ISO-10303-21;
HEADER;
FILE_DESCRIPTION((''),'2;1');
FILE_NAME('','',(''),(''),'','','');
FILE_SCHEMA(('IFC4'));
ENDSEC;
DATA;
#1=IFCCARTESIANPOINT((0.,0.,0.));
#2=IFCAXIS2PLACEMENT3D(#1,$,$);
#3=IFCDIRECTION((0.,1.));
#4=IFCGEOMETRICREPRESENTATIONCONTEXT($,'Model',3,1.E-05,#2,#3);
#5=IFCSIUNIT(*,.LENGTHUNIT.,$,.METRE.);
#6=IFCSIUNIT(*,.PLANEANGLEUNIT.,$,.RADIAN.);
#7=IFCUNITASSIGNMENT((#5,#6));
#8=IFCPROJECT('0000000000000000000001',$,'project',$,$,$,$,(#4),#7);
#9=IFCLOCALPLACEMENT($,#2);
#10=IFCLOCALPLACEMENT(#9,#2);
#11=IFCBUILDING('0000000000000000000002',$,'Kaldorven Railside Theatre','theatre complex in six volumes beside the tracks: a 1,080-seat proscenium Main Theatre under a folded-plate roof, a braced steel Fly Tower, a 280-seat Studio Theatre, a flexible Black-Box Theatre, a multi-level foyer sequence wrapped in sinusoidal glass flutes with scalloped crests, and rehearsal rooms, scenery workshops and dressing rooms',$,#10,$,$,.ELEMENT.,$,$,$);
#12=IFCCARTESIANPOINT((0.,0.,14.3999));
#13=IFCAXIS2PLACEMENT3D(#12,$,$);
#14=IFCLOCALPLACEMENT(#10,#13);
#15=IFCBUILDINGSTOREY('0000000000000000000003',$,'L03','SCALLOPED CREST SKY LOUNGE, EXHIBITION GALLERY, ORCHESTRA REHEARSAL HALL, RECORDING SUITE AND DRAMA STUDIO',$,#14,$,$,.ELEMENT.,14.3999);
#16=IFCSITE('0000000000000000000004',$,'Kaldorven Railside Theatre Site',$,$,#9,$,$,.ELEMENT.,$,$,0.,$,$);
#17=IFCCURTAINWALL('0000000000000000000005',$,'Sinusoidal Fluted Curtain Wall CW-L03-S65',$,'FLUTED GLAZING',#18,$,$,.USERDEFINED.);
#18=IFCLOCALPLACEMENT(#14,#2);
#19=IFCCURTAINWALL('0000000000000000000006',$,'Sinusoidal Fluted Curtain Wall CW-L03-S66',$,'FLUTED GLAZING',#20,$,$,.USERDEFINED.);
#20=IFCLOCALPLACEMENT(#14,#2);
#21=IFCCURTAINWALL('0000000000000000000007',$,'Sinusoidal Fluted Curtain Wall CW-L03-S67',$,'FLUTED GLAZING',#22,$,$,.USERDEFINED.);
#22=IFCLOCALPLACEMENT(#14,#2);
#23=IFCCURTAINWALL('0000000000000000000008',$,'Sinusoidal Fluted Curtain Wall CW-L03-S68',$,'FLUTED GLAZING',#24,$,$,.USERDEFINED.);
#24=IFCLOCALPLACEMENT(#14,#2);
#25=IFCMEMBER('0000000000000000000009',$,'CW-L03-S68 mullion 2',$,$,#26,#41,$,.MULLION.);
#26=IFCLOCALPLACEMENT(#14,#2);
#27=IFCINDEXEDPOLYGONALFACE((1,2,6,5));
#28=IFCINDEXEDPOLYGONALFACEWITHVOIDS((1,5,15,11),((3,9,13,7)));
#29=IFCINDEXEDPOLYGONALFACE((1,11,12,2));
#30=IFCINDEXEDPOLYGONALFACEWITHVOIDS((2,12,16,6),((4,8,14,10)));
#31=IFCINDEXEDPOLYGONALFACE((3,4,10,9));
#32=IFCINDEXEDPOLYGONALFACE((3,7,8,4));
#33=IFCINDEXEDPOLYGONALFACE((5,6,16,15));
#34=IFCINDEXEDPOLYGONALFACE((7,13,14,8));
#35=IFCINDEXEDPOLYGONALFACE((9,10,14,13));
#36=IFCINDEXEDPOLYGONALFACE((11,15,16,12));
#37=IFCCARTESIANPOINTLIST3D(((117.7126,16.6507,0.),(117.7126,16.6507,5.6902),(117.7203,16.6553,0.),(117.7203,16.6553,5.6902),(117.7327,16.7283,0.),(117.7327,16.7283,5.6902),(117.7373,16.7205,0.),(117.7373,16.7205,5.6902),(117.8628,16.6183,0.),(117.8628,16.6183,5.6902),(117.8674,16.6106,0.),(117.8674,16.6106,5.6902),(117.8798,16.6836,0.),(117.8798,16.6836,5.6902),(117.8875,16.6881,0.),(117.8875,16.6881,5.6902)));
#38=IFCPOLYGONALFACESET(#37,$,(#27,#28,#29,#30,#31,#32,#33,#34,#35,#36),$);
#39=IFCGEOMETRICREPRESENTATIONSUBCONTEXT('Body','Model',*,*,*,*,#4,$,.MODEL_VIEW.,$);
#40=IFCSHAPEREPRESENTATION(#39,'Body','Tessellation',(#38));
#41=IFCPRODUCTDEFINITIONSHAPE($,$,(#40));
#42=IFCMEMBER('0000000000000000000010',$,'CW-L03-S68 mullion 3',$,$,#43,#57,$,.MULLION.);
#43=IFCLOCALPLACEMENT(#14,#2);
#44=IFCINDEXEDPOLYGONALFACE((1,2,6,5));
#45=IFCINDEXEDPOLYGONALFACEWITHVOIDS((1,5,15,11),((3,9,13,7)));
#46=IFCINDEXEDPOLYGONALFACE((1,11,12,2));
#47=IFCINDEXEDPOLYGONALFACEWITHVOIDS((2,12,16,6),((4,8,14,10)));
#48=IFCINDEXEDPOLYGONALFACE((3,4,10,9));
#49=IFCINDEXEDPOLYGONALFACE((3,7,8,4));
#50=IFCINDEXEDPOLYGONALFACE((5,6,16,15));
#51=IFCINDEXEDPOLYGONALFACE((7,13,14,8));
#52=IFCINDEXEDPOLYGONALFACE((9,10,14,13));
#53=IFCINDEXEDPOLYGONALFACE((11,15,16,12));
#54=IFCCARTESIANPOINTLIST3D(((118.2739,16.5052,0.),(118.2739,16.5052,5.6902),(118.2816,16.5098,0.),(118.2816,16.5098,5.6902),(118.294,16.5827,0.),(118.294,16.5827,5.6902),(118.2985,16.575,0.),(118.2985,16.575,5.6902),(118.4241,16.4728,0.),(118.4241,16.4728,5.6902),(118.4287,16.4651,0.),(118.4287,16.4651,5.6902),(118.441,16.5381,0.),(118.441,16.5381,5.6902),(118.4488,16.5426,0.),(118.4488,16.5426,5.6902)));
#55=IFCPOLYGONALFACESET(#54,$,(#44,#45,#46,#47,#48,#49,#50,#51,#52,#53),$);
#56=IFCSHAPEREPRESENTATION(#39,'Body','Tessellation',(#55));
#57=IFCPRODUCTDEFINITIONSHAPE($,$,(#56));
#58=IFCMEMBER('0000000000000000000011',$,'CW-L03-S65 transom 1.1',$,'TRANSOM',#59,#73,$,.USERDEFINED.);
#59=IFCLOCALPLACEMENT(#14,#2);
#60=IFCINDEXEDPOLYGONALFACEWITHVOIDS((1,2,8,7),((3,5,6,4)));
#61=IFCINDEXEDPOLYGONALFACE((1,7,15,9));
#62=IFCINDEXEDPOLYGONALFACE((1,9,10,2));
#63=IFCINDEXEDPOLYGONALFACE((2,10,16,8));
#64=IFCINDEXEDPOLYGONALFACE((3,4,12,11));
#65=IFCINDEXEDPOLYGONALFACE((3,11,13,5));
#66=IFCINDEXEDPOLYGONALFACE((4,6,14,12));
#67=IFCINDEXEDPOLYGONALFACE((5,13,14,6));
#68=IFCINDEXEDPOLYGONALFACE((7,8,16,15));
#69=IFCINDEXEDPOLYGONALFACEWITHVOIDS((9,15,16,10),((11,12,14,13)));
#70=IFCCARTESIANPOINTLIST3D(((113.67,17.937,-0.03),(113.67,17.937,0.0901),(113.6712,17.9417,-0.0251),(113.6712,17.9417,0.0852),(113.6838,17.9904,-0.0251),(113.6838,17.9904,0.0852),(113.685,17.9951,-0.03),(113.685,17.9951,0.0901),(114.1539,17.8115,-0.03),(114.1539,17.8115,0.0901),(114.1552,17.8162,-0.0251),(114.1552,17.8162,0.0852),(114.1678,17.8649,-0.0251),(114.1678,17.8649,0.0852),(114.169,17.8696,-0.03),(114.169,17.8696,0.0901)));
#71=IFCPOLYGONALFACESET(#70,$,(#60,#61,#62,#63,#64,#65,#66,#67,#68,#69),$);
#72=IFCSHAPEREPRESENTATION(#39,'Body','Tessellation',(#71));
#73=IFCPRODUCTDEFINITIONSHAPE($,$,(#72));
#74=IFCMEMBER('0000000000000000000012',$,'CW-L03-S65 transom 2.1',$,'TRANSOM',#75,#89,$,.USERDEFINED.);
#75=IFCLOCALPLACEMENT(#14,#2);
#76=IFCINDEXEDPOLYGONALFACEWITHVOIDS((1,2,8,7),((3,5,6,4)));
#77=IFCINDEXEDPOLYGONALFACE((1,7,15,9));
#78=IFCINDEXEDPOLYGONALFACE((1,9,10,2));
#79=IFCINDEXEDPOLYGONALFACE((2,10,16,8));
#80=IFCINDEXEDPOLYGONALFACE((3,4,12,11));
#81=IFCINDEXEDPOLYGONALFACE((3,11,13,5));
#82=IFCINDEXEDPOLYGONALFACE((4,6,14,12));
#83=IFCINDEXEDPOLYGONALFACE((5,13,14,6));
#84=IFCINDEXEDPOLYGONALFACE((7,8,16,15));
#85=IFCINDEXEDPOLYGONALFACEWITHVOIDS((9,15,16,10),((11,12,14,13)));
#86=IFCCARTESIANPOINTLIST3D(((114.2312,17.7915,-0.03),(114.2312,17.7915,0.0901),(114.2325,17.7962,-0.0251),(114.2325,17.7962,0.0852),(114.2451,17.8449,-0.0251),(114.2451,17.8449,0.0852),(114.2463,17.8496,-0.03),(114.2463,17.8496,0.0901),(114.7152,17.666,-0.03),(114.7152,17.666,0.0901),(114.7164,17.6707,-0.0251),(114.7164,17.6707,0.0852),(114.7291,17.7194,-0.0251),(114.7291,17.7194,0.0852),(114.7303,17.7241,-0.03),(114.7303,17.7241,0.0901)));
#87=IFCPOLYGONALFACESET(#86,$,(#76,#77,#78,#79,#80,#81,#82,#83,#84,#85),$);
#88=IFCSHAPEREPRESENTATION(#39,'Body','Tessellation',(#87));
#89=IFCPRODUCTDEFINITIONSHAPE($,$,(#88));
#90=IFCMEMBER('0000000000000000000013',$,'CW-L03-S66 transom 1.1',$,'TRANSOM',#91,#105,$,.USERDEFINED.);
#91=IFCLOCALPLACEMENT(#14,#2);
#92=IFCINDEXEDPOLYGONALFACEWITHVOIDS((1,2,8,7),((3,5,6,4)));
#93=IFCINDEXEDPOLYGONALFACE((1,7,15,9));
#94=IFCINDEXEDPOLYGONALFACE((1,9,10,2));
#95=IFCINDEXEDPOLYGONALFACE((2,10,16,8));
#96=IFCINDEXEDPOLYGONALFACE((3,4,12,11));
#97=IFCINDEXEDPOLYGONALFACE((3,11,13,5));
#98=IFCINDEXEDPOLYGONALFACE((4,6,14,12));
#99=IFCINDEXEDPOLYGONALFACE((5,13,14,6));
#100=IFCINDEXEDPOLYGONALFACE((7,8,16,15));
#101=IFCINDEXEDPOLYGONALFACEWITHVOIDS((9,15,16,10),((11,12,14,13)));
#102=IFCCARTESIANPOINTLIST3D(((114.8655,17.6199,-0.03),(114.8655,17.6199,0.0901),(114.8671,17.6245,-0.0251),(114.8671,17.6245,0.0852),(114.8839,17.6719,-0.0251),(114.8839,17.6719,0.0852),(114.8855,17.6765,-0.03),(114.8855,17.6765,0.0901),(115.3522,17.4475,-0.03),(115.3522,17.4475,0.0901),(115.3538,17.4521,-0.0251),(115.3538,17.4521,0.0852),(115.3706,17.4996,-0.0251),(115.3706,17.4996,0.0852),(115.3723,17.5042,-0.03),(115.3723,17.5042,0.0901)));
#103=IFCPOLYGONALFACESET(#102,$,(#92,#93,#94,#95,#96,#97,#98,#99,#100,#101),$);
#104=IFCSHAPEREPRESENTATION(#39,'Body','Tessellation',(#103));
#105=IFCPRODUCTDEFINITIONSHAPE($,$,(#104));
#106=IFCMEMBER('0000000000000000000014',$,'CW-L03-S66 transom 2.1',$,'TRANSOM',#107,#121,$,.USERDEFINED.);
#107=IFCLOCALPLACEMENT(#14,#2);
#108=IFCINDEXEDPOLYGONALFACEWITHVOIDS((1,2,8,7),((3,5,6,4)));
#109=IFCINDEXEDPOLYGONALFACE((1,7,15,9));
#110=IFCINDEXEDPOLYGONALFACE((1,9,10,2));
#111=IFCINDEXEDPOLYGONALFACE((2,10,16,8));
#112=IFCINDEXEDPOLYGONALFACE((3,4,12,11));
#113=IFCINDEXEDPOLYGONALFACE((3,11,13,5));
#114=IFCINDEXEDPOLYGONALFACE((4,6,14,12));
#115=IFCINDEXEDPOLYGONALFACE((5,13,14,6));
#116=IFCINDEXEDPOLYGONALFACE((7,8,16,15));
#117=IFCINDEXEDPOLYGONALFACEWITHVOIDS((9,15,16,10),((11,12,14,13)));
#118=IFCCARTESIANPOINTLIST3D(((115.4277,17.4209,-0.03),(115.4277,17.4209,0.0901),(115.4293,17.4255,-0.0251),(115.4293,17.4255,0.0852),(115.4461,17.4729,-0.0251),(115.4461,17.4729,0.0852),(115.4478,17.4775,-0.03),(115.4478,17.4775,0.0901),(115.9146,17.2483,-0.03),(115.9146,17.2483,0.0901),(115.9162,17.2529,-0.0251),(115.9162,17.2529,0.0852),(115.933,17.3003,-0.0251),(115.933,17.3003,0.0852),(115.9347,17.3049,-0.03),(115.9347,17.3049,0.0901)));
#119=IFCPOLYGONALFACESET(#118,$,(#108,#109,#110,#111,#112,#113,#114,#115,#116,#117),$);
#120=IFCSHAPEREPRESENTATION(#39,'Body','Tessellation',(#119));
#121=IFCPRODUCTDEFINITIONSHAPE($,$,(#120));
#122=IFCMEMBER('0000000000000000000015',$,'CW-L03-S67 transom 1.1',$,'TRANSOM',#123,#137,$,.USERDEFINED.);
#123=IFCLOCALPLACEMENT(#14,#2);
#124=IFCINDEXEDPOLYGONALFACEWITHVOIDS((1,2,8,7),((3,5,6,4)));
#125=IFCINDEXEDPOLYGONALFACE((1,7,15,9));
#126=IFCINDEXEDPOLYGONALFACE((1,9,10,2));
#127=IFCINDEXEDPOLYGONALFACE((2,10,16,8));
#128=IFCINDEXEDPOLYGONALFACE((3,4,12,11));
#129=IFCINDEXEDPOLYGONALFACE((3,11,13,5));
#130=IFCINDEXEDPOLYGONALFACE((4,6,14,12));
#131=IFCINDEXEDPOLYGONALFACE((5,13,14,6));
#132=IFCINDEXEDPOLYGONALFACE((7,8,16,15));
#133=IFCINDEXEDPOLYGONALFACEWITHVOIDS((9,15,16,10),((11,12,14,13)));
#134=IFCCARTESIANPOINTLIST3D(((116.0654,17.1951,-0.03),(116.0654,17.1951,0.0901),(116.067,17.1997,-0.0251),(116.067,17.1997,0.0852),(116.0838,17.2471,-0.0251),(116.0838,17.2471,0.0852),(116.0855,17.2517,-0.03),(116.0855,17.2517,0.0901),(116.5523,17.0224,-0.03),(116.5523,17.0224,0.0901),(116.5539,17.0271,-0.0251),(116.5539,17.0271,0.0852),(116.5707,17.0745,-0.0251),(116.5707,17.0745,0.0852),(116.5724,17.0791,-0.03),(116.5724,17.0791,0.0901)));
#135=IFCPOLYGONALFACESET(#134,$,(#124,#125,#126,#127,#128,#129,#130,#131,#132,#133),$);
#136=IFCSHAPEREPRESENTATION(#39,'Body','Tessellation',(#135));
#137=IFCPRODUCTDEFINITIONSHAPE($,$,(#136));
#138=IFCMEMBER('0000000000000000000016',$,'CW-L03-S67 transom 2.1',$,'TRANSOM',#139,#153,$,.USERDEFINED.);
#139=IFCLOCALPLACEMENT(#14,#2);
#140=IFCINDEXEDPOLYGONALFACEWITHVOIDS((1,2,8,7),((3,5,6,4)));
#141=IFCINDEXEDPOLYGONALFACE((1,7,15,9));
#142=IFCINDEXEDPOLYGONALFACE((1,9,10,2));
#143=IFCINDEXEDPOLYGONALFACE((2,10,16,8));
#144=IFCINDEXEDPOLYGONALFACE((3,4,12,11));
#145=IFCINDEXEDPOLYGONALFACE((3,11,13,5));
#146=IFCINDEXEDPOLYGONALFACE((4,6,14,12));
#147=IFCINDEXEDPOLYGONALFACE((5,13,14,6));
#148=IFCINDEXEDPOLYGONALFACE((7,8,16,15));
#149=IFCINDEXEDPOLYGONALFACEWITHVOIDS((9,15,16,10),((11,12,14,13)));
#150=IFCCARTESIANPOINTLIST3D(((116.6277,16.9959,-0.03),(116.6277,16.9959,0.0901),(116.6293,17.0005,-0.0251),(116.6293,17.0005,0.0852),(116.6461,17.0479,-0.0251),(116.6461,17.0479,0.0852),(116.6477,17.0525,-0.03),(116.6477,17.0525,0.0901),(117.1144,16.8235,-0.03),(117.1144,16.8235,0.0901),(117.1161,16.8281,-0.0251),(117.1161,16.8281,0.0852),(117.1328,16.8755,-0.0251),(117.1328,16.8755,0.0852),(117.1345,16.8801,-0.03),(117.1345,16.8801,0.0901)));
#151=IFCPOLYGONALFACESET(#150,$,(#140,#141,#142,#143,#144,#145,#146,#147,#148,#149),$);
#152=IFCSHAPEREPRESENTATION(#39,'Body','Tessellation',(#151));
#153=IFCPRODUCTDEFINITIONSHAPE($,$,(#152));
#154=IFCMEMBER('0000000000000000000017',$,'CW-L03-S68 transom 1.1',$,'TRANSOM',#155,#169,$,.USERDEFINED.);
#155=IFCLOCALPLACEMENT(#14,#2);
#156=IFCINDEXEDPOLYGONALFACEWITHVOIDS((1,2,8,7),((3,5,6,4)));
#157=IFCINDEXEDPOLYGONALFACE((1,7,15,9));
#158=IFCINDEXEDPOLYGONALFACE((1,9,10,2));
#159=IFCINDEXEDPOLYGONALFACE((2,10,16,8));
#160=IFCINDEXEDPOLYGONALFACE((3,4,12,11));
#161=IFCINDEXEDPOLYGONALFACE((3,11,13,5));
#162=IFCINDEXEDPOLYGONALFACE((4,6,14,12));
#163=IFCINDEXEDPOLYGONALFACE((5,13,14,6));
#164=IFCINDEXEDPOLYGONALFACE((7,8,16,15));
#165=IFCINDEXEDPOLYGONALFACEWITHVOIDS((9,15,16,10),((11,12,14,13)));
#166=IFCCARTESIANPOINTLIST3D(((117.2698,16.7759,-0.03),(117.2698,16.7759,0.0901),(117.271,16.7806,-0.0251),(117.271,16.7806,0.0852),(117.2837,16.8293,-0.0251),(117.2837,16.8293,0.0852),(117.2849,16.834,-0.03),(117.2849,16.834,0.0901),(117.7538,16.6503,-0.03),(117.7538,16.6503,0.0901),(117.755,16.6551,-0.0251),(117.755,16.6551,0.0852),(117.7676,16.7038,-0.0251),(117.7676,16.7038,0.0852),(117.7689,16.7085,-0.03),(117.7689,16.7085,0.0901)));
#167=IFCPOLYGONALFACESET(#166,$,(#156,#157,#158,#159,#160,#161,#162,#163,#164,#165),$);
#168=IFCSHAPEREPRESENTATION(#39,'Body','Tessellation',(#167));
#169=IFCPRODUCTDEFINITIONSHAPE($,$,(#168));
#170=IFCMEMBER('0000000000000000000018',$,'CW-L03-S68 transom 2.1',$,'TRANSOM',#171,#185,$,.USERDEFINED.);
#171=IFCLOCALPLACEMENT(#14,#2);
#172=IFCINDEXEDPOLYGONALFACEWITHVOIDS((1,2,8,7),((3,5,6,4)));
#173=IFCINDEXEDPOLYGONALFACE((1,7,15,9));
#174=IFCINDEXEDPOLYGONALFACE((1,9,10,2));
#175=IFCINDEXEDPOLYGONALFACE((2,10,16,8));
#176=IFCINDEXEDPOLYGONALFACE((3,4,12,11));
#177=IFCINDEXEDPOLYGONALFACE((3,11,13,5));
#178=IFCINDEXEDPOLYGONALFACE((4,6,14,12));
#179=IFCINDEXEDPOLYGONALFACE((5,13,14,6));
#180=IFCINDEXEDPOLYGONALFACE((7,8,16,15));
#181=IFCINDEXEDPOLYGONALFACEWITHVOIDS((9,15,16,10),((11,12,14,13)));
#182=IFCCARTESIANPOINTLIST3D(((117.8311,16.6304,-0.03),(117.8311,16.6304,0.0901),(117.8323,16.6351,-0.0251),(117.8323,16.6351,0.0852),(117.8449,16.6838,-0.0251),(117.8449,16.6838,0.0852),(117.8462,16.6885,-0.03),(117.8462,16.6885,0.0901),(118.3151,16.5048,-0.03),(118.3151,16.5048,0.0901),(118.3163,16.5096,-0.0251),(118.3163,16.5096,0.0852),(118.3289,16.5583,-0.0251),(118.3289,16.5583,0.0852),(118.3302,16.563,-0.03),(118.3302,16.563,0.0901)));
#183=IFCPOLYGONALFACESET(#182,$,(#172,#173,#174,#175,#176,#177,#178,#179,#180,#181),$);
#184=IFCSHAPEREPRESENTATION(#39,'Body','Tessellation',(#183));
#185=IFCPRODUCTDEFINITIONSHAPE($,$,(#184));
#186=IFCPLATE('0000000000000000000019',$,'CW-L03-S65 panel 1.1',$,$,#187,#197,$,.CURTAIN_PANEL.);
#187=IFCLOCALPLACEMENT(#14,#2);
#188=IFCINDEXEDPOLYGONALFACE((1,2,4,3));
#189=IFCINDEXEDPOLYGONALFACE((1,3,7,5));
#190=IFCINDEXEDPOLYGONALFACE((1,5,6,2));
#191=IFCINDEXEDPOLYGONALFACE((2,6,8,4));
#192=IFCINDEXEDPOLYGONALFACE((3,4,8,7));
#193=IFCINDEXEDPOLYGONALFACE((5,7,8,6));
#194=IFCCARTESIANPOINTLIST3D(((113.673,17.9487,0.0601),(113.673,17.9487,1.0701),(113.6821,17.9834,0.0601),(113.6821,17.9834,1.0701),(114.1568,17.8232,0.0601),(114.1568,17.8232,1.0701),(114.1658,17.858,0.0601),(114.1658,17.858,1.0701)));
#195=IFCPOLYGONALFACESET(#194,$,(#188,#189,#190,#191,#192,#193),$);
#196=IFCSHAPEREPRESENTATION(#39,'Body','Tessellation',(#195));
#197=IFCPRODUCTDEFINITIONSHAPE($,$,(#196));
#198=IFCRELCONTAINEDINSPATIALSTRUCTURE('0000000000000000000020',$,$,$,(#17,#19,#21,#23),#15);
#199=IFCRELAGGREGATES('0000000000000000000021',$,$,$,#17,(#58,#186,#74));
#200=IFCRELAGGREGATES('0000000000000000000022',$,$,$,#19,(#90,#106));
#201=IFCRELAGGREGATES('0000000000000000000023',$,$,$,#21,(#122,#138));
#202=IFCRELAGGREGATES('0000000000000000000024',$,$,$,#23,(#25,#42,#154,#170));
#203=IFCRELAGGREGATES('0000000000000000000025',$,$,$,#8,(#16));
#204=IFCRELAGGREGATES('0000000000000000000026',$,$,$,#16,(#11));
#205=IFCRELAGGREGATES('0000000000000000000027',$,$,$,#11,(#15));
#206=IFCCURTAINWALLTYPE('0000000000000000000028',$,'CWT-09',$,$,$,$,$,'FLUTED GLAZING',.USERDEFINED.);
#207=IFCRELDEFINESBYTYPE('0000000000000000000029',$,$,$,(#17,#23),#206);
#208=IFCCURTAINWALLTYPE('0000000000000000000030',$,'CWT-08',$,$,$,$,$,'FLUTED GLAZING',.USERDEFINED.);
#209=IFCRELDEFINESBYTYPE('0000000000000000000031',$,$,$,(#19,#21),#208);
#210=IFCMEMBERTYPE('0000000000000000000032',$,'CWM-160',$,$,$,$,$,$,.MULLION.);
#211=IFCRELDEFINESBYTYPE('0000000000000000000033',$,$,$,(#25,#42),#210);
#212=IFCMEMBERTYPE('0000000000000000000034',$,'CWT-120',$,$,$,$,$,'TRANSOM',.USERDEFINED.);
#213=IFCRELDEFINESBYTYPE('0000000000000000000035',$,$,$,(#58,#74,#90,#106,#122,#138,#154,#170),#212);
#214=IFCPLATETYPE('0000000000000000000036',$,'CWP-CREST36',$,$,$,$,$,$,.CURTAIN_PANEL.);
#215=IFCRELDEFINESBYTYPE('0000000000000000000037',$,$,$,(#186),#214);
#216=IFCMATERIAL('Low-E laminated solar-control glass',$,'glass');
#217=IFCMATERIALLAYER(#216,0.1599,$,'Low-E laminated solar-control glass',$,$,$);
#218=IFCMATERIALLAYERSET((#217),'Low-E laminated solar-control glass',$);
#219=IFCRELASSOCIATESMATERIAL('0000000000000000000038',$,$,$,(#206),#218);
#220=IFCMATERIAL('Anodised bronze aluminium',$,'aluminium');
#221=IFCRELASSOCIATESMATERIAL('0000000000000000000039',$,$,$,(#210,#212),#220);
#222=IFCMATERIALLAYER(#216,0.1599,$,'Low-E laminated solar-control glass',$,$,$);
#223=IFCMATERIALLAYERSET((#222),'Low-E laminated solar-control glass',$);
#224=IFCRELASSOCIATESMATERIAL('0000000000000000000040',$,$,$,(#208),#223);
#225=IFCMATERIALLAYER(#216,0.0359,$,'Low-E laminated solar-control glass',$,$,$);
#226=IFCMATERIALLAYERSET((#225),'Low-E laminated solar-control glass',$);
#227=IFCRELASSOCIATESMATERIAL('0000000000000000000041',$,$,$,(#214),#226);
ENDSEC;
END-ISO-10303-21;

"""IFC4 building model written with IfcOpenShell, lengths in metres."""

from ifc_helpers import new_model, si_unit, direction, frame, origin, origin_2d, place, context, subcontext, project, spatial, rectangle, hollow_rectangle, extrude, material, layer, layer_set, material_profile, profile_set, type_object, element, aggregate, save


model = new_model("IFC4")

# Units and contexts
model_context = context("Model", 3, precision=1e-05, world=origin(), true_north=direction((0.0, 1.0)))
body_context = subcontext(model_context, "Body", "Model", "MODEL_VIEW")
ifc_project = project(units=[si_unit("LENGTHUNIT", "METRE"), si_unit("PLANEANGLEUNIT", "RADIAN")], contexts=[model_context])

# Site, building, storey
site_placement = place(None, origin())
site = spatial("IfcSite", under=ifc_project, at=site_placement, Name="Kaldorven Railside Theatre Site", CompositionType="ELEMENT", RefElevation=0.0)
building_placement = place(site_placement, origin())
building = spatial("IfcBuilding", under=site, at=building_placement, Name="Kaldorven Railside Theatre", Description="theatre complex in six volumes beside the tracks: a 1,080-seat proscenium Main Theatre under a folded-plate roof, a braced steel Fly Tower, a 280-seat Studio Theatre, a flexible Black-Box Theatre, a multi-level foyer sequence wrapped in sinusoidal glass flutes with scalloped crests, and rehearsal rooms, scenery workshops and dressing rooms", CompositionType="ELEMENT")
storey_placement = place(building_placement, frame((0.0, 0.0, 14.3999)))
storey = spatial("IfcBuildingStorey", under=building, at=storey_placement, Name="L03", Description="SCALLOPED CREST SKY LOUNGE, EXHIBITION GALLERY, ORCHESTRA REHEARSAL HALL, RECORDING SUITE AND DRAMA STUDIO", CompositionType="ELEMENT", Elevation=14.3999)

# Curtain walls, members
ifc_material_1 = material(Name="Low-E laminated solar-control glass", Category="glass")
ifc_layer_1 = layer(ifc_material_1, 0.1599, Name="Low-E laminated solar-control glass")
ifc_layer_set_1 = layer_set([ifc_layer_1], Name="Low-E laminated solar-control glass")
curtain_wall_type_1 = type_object("IfcCurtainWallType", Name="CWT-09", ElementType="FLUTED GLAZING", PredefinedType="USERDEFINED", material=ifc_layer_set_1)
curtain_wall_1_placement = place(storey_placement, origin())
curtain_wall_1 = element("IfcCurtainWall", 1, at=curtain_wall_1_placement, inside=storey, type_object=curtain_wall_type_1, Name="Sinusoidal Fluted Curtain Wall CW-L03-S65", ObjectType="FLUTED GLAZING", PredefinedType="USERDEFINED")
ifc_material_2 = material(Name="Anodised bronze aluminium", Category="aluminium")
ifc_material_profile_1 = material_profile(ifc_material_2, hollow_rectangle(XDim=0.0801, YDim=0.1599, WallThickness=0.0063, at=origin_2d()), Name="RHS 160x80x6.3")
ifc_profile_set_1 = profile_set([ifc_material_profile_1], Name="Anodised bronze aluminium")
member_type_1 = type_object("IfcMemberType", Name="CWM-160", PredefinedType="MULLION", material=ifc_profile_set_1)
ifc_layer_2 = layer(ifc_material_1, 0.1599, Name="Low-E laminated solar-control glass")
ifc_layer_set_2 = layer_set([ifc_layer_2], Name="Low-E laminated solar-control glass")
curtain_wall_type_2 = type_object("IfcCurtainWallType", Name="CWT-08", ElementType="FLUTED GLAZING", PredefinedType="USERDEFINED", material=ifc_layer_set_2)
curtain_wall_2_placement = place(storey_placement, origin())
curtain_wall_2 = element("IfcCurtainWall", 2, at=curtain_wall_2_placement, inside=storey, type_object=curtain_wall_type_2, Name="Sinusoidal Fluted Curtain Wall CW-L03-S66", ObjectType="FLUTED GLAZING", PredefinedType="USERDEFINED")
curtain_wall_3_placement = place(storey_placement, origin())
curtain_wall_3 = element("IfcCurtainWall", 3, at=curtain_wall_3_placement, inside=storey, type_object=curtain_wall_type_2, Name="Sinusoidal Fluted Curtain Wall CW-L03-S67", ObjectType="FLUTED GLAZING", PredefinedType="USERDEFINED")
curtain_wall_4_placement = place(storey_placement, origin())
curtain_wall_4 = element("IfcCurtainWall", 4, at=curtain_wall_4_placement, inside=storey, type_object=curtain_wall_type_1, Name="Sinusoidal Fluted Curtain Wall CW-L03-S68", ObjectType="FLUTED GLAZING", PredefinedType="USERDEFINED")
member_1_placement = place(storey_placement, frame((117.8, 16.6694, 0.0), z_axis=(0.0, 0.0, 1.0), x_axis=(0.250954, 0.967999, 0.0)))
member_1 = element("IfcMember", 5, at=member_1_placement, type_object=member_type_1, Name="CW-L03-S68 mullion 2", PredefinedType="MULLION", context=body_context, shape_type="SweptSolid", body=[
    extrude(hollow_rectangle(XDim=0.0801, YDim=0.1599, WallThickness=0.0063, at=origin_2d()), origin(), (0.0, 0.0, 1.0), 5.6902),
])
member_2_placement = place(storey_placement, frame((118.3613, 16.5239, 0.0), z_axis=(0.0, 0.0, 1.0), x_axis=(0.250954, 0.967999, 0.0)))
member_2 = element("IfcMember", 6, at=member_2_placement, type_object=member_type_1, Name="CW-L03-S68 mullion 3", PredefinedType="MULLION", context=body_context, shape_type="SweptSolid", body=[
    extrude(hollow_rectangle(XDim=0.0801, YDim=0.1599, WallThickness=0.0063, at=origin_2d()), origin(), (0.0, 0.0, 1.0), 5.6902),
])

# Members
ifc_material_profile_2 = material_profile(ifc_material_2, hollow_rectangle(XDim=0.0601, YDim=0.1201, WallThickness=0.0049, at=origin_2d()), Name="RHS 120x60x5")
ifc_profile_set_2 = profile_set([ifc_material_profile_2], Name="Anodised bronze aluminium")
member_type_2 = type_object("IfcMemberType", Name="CWT-120", ElementType="TRANSOM", PredefinedType="USERDEFINED", material=ifc_profile_set_2)
member_3_placement = place(storey_placement, frame((113.6775, 17.9661, 0.03), z_axis=(0.967979, -0.25103, 0.0), x_axis=(0.25103, 0.967979, 0.0)))
member_3 = element("IfcMember", 7, at=member_3_placement, type_object=member_type_2, Name="CW-L03-S65 transom 1.1", ObjectType="TRANSOM", PredefinedType="USERDEFINED", context=body_context, shape_type="SweptSolid", body=[
    extrude(hollow_rectangle(XDim=0.0601, YDim=0.1201, WallThickness=0.0049, at=origin_2d()), origin(), (0.0, 0.0, 1.0), 0.5),
])
member_4_placement = place(storey_placement, frame((114.2388, 17.8206, 0.03), z_axis=(0.967979, -0.25103, 0.0), x_axis=(0.25103, 0.967979, 0.0)))
member_4 = element("IfcMember", 8, at=member_4_placement, type_object=member_type_2, Name="CW-L03-S65 transom 2.1", ObjectType="TRANSOM", PredefinedType="USERDEFINED", context=body_context, shape_type="SweptSolid", body=[
    extrude(hollow_rectangle(XDim=0.0601, YDim=0.1201, WallThickness=0.0049, at=origin_2d()), origin(), (0.0, 0.0, 1.0), 0.5),
])
member_5_placement = place(storey_placement, frame((114.8755, 17.6482, 0.03), z_axis=(0.942658, -0.33376, 0.0), x_axis=(0.33376, 0.942658, 0.0)))
member_5 = element("IfcMember", 9, at=member_5_placement, type_object=member_type_2, Name="CW-L03-S66 transom 1.1", ObjectType="TRANSOM", PredefinedType="USERDEFINED", context=body_context, shape_type="SweptSolid", body=[
    extrude(hollow_rectangle(XDim=0.0601, YDim=0.1201, WallThickness=0.0049, at=origin_2d()), origin(), (0.0, 0.0, 1.0), 0.5164),
])
member_6_placement = place(storey_placement, frame((115.4377, 17.4492, 0.03), z_axis=(0.942509, -0.33418, 0.0), x_axis=(0.33418, 0.942509, 0.0)))
member_6 = element("IfcMember", 10, at=member_6_placement, type_object=member_type_2, Name="CW-L03-S66 transom 2.1", ObjectType="TRANSOM", PredefinedType="USERDEFINED", context=body_context, shape_type="SweptSolid", body=[
    extrude(hollow_rectangle(XDim=0.0601, YDim=0.1201, WallThickness=0.0049, at=origin_2d()), origin(), (0.0, 0.0, 1.0), 0.5166),
])
member_7_placement = place(storey_placement, frame((116.0754, 17.2234, 0.03), z_axis=(0.942509, -0.33418, 0.0), x_axis=(0.33418, 0.942509, 0.0)))
member_7 = element("IfcMember", 11, at=member_7_placement, type_object=member_type_2, Name="CW-L03-S67 transom 1.1", ObjectType="TRANSOM", PredefinedType="USERDEFINED", context=body_context, shape_type="SweptSolid", body=[
    extrude(hollow_rectangle(XDim=0.0601, YDim=0.1201, WallThickness=0.0049, at=origin_2d()), origin(), (0.0, 0.0, 1.0), 0.5166),
])
member_8_placement = place(storey_placement, frame((116.6377, 17.0242, 0.03), z_axis=(0.942658, -0.33376, 0.0), x_axis=(0.33376, 0.942658, 0.0)))
member_8 = element("IfcMember", 12, at=member_8_placement, type_object=member_type_2, Name="CW-L03-S67 transom 2.1", ObjectType="TRANSOM", PredefinedType="USERDEFINED", context=body_context, shape_type="SweptSolid", body=[
    extrude(hollow_rectangle(XDim=0.0601, YDim=0.1201, WallThickness=0.0049, at=origin_2d()), origin(), (0.0, 0.0, 1.0), 0.5164),
])
member_9_placement = place(storey_placement, frame((117.2773, 16.8049, 0.03), z_axis=(0.967979, -0.25103, 0.0), x_axis=(0.25103, 0.967979, 0.0)))
member_9 = element("IfcMember", 13, at=member_9_placement, type_object=member_type_2, Name="CW-L03-S68 transom 1.1", ObjectType="TRANSOM", PredefinedType="USERDEFINED", context=body_context, shape_type="SweptSolid", body=[
    extrude(hollow_rectangle(XDim=0.0601, YDim=0.1201, WallThickness=0.0049, at=origin_2d()), origin(), (0.0, 0.0, 1.0), 0.5),
])
member_10_placement = place(storey_placement, frame((117.8386, 16.6594, 0.03), z_axis=(0.967979, -0.25103, 0.0), x_axis=(0.25103, 0.967979, 0.0)))
member_10 = element("IfcMember", 14, at=member_10_placement, type_object=member_type_2, Name="CW-L03-S68 transom 2.1", ObjectType="TRANSOM", PredefinedType="USERDEFINED", context=body_context, shape_type="SweptSolid", body=[
    extrude(hollow_rectangle(XDim=0.0601, YDim=0.1201, WallThickness=0.0049, at=origin_2d()), origin(), (0.0, 0.0, 1.0), 0.5),
])

# Plate
ifc_layer_3 = layer(ifc_material_1, 0.0359, Name="Low-E laminated solar-control glass")
ifc_layer_set_3 = layer_set([ifc_layer_3], Name="Low-E laminated solar-control glass")
plate_type = type_object("IfcPlateType", Name="CWP-CREST36", PredefinedType="CURTAIN_PANEL", material=ifc_layer_set_3)
plate_1_placement = place(storey_placement, frame((113.9194, 17.9033, 0.0601), z_axis=(0.0, 0.0, 1.0), x_axis=(0.967999, -0.250954, 0.0)))
plate_1 = element("IfcPlate", 15, at=plate_1_placement, type_object=plate_type, Name="CW-L03-S65 panel 1.1", PredefinedType="CURTAIN_PANEL", context=body_context, shape_type="SweptSolid", body=[
    extrude(rectangle(XDim=0.4998, YDim=0.0359, at=origin_2d()), origin(), (0.0, 0.0, 1.0), 1.01),
])
aggregate(curtain_wall_1, [member_3, plate_1, member_4])
aggregate(curtain_wall_2, [member_5, member_6])
aggregate(curtain_wall_3, [member_7, member_8])
aggregate(curtain_wall_4, [member_1, member_2, member_9, member_10])

save(model, "model.ifc")
